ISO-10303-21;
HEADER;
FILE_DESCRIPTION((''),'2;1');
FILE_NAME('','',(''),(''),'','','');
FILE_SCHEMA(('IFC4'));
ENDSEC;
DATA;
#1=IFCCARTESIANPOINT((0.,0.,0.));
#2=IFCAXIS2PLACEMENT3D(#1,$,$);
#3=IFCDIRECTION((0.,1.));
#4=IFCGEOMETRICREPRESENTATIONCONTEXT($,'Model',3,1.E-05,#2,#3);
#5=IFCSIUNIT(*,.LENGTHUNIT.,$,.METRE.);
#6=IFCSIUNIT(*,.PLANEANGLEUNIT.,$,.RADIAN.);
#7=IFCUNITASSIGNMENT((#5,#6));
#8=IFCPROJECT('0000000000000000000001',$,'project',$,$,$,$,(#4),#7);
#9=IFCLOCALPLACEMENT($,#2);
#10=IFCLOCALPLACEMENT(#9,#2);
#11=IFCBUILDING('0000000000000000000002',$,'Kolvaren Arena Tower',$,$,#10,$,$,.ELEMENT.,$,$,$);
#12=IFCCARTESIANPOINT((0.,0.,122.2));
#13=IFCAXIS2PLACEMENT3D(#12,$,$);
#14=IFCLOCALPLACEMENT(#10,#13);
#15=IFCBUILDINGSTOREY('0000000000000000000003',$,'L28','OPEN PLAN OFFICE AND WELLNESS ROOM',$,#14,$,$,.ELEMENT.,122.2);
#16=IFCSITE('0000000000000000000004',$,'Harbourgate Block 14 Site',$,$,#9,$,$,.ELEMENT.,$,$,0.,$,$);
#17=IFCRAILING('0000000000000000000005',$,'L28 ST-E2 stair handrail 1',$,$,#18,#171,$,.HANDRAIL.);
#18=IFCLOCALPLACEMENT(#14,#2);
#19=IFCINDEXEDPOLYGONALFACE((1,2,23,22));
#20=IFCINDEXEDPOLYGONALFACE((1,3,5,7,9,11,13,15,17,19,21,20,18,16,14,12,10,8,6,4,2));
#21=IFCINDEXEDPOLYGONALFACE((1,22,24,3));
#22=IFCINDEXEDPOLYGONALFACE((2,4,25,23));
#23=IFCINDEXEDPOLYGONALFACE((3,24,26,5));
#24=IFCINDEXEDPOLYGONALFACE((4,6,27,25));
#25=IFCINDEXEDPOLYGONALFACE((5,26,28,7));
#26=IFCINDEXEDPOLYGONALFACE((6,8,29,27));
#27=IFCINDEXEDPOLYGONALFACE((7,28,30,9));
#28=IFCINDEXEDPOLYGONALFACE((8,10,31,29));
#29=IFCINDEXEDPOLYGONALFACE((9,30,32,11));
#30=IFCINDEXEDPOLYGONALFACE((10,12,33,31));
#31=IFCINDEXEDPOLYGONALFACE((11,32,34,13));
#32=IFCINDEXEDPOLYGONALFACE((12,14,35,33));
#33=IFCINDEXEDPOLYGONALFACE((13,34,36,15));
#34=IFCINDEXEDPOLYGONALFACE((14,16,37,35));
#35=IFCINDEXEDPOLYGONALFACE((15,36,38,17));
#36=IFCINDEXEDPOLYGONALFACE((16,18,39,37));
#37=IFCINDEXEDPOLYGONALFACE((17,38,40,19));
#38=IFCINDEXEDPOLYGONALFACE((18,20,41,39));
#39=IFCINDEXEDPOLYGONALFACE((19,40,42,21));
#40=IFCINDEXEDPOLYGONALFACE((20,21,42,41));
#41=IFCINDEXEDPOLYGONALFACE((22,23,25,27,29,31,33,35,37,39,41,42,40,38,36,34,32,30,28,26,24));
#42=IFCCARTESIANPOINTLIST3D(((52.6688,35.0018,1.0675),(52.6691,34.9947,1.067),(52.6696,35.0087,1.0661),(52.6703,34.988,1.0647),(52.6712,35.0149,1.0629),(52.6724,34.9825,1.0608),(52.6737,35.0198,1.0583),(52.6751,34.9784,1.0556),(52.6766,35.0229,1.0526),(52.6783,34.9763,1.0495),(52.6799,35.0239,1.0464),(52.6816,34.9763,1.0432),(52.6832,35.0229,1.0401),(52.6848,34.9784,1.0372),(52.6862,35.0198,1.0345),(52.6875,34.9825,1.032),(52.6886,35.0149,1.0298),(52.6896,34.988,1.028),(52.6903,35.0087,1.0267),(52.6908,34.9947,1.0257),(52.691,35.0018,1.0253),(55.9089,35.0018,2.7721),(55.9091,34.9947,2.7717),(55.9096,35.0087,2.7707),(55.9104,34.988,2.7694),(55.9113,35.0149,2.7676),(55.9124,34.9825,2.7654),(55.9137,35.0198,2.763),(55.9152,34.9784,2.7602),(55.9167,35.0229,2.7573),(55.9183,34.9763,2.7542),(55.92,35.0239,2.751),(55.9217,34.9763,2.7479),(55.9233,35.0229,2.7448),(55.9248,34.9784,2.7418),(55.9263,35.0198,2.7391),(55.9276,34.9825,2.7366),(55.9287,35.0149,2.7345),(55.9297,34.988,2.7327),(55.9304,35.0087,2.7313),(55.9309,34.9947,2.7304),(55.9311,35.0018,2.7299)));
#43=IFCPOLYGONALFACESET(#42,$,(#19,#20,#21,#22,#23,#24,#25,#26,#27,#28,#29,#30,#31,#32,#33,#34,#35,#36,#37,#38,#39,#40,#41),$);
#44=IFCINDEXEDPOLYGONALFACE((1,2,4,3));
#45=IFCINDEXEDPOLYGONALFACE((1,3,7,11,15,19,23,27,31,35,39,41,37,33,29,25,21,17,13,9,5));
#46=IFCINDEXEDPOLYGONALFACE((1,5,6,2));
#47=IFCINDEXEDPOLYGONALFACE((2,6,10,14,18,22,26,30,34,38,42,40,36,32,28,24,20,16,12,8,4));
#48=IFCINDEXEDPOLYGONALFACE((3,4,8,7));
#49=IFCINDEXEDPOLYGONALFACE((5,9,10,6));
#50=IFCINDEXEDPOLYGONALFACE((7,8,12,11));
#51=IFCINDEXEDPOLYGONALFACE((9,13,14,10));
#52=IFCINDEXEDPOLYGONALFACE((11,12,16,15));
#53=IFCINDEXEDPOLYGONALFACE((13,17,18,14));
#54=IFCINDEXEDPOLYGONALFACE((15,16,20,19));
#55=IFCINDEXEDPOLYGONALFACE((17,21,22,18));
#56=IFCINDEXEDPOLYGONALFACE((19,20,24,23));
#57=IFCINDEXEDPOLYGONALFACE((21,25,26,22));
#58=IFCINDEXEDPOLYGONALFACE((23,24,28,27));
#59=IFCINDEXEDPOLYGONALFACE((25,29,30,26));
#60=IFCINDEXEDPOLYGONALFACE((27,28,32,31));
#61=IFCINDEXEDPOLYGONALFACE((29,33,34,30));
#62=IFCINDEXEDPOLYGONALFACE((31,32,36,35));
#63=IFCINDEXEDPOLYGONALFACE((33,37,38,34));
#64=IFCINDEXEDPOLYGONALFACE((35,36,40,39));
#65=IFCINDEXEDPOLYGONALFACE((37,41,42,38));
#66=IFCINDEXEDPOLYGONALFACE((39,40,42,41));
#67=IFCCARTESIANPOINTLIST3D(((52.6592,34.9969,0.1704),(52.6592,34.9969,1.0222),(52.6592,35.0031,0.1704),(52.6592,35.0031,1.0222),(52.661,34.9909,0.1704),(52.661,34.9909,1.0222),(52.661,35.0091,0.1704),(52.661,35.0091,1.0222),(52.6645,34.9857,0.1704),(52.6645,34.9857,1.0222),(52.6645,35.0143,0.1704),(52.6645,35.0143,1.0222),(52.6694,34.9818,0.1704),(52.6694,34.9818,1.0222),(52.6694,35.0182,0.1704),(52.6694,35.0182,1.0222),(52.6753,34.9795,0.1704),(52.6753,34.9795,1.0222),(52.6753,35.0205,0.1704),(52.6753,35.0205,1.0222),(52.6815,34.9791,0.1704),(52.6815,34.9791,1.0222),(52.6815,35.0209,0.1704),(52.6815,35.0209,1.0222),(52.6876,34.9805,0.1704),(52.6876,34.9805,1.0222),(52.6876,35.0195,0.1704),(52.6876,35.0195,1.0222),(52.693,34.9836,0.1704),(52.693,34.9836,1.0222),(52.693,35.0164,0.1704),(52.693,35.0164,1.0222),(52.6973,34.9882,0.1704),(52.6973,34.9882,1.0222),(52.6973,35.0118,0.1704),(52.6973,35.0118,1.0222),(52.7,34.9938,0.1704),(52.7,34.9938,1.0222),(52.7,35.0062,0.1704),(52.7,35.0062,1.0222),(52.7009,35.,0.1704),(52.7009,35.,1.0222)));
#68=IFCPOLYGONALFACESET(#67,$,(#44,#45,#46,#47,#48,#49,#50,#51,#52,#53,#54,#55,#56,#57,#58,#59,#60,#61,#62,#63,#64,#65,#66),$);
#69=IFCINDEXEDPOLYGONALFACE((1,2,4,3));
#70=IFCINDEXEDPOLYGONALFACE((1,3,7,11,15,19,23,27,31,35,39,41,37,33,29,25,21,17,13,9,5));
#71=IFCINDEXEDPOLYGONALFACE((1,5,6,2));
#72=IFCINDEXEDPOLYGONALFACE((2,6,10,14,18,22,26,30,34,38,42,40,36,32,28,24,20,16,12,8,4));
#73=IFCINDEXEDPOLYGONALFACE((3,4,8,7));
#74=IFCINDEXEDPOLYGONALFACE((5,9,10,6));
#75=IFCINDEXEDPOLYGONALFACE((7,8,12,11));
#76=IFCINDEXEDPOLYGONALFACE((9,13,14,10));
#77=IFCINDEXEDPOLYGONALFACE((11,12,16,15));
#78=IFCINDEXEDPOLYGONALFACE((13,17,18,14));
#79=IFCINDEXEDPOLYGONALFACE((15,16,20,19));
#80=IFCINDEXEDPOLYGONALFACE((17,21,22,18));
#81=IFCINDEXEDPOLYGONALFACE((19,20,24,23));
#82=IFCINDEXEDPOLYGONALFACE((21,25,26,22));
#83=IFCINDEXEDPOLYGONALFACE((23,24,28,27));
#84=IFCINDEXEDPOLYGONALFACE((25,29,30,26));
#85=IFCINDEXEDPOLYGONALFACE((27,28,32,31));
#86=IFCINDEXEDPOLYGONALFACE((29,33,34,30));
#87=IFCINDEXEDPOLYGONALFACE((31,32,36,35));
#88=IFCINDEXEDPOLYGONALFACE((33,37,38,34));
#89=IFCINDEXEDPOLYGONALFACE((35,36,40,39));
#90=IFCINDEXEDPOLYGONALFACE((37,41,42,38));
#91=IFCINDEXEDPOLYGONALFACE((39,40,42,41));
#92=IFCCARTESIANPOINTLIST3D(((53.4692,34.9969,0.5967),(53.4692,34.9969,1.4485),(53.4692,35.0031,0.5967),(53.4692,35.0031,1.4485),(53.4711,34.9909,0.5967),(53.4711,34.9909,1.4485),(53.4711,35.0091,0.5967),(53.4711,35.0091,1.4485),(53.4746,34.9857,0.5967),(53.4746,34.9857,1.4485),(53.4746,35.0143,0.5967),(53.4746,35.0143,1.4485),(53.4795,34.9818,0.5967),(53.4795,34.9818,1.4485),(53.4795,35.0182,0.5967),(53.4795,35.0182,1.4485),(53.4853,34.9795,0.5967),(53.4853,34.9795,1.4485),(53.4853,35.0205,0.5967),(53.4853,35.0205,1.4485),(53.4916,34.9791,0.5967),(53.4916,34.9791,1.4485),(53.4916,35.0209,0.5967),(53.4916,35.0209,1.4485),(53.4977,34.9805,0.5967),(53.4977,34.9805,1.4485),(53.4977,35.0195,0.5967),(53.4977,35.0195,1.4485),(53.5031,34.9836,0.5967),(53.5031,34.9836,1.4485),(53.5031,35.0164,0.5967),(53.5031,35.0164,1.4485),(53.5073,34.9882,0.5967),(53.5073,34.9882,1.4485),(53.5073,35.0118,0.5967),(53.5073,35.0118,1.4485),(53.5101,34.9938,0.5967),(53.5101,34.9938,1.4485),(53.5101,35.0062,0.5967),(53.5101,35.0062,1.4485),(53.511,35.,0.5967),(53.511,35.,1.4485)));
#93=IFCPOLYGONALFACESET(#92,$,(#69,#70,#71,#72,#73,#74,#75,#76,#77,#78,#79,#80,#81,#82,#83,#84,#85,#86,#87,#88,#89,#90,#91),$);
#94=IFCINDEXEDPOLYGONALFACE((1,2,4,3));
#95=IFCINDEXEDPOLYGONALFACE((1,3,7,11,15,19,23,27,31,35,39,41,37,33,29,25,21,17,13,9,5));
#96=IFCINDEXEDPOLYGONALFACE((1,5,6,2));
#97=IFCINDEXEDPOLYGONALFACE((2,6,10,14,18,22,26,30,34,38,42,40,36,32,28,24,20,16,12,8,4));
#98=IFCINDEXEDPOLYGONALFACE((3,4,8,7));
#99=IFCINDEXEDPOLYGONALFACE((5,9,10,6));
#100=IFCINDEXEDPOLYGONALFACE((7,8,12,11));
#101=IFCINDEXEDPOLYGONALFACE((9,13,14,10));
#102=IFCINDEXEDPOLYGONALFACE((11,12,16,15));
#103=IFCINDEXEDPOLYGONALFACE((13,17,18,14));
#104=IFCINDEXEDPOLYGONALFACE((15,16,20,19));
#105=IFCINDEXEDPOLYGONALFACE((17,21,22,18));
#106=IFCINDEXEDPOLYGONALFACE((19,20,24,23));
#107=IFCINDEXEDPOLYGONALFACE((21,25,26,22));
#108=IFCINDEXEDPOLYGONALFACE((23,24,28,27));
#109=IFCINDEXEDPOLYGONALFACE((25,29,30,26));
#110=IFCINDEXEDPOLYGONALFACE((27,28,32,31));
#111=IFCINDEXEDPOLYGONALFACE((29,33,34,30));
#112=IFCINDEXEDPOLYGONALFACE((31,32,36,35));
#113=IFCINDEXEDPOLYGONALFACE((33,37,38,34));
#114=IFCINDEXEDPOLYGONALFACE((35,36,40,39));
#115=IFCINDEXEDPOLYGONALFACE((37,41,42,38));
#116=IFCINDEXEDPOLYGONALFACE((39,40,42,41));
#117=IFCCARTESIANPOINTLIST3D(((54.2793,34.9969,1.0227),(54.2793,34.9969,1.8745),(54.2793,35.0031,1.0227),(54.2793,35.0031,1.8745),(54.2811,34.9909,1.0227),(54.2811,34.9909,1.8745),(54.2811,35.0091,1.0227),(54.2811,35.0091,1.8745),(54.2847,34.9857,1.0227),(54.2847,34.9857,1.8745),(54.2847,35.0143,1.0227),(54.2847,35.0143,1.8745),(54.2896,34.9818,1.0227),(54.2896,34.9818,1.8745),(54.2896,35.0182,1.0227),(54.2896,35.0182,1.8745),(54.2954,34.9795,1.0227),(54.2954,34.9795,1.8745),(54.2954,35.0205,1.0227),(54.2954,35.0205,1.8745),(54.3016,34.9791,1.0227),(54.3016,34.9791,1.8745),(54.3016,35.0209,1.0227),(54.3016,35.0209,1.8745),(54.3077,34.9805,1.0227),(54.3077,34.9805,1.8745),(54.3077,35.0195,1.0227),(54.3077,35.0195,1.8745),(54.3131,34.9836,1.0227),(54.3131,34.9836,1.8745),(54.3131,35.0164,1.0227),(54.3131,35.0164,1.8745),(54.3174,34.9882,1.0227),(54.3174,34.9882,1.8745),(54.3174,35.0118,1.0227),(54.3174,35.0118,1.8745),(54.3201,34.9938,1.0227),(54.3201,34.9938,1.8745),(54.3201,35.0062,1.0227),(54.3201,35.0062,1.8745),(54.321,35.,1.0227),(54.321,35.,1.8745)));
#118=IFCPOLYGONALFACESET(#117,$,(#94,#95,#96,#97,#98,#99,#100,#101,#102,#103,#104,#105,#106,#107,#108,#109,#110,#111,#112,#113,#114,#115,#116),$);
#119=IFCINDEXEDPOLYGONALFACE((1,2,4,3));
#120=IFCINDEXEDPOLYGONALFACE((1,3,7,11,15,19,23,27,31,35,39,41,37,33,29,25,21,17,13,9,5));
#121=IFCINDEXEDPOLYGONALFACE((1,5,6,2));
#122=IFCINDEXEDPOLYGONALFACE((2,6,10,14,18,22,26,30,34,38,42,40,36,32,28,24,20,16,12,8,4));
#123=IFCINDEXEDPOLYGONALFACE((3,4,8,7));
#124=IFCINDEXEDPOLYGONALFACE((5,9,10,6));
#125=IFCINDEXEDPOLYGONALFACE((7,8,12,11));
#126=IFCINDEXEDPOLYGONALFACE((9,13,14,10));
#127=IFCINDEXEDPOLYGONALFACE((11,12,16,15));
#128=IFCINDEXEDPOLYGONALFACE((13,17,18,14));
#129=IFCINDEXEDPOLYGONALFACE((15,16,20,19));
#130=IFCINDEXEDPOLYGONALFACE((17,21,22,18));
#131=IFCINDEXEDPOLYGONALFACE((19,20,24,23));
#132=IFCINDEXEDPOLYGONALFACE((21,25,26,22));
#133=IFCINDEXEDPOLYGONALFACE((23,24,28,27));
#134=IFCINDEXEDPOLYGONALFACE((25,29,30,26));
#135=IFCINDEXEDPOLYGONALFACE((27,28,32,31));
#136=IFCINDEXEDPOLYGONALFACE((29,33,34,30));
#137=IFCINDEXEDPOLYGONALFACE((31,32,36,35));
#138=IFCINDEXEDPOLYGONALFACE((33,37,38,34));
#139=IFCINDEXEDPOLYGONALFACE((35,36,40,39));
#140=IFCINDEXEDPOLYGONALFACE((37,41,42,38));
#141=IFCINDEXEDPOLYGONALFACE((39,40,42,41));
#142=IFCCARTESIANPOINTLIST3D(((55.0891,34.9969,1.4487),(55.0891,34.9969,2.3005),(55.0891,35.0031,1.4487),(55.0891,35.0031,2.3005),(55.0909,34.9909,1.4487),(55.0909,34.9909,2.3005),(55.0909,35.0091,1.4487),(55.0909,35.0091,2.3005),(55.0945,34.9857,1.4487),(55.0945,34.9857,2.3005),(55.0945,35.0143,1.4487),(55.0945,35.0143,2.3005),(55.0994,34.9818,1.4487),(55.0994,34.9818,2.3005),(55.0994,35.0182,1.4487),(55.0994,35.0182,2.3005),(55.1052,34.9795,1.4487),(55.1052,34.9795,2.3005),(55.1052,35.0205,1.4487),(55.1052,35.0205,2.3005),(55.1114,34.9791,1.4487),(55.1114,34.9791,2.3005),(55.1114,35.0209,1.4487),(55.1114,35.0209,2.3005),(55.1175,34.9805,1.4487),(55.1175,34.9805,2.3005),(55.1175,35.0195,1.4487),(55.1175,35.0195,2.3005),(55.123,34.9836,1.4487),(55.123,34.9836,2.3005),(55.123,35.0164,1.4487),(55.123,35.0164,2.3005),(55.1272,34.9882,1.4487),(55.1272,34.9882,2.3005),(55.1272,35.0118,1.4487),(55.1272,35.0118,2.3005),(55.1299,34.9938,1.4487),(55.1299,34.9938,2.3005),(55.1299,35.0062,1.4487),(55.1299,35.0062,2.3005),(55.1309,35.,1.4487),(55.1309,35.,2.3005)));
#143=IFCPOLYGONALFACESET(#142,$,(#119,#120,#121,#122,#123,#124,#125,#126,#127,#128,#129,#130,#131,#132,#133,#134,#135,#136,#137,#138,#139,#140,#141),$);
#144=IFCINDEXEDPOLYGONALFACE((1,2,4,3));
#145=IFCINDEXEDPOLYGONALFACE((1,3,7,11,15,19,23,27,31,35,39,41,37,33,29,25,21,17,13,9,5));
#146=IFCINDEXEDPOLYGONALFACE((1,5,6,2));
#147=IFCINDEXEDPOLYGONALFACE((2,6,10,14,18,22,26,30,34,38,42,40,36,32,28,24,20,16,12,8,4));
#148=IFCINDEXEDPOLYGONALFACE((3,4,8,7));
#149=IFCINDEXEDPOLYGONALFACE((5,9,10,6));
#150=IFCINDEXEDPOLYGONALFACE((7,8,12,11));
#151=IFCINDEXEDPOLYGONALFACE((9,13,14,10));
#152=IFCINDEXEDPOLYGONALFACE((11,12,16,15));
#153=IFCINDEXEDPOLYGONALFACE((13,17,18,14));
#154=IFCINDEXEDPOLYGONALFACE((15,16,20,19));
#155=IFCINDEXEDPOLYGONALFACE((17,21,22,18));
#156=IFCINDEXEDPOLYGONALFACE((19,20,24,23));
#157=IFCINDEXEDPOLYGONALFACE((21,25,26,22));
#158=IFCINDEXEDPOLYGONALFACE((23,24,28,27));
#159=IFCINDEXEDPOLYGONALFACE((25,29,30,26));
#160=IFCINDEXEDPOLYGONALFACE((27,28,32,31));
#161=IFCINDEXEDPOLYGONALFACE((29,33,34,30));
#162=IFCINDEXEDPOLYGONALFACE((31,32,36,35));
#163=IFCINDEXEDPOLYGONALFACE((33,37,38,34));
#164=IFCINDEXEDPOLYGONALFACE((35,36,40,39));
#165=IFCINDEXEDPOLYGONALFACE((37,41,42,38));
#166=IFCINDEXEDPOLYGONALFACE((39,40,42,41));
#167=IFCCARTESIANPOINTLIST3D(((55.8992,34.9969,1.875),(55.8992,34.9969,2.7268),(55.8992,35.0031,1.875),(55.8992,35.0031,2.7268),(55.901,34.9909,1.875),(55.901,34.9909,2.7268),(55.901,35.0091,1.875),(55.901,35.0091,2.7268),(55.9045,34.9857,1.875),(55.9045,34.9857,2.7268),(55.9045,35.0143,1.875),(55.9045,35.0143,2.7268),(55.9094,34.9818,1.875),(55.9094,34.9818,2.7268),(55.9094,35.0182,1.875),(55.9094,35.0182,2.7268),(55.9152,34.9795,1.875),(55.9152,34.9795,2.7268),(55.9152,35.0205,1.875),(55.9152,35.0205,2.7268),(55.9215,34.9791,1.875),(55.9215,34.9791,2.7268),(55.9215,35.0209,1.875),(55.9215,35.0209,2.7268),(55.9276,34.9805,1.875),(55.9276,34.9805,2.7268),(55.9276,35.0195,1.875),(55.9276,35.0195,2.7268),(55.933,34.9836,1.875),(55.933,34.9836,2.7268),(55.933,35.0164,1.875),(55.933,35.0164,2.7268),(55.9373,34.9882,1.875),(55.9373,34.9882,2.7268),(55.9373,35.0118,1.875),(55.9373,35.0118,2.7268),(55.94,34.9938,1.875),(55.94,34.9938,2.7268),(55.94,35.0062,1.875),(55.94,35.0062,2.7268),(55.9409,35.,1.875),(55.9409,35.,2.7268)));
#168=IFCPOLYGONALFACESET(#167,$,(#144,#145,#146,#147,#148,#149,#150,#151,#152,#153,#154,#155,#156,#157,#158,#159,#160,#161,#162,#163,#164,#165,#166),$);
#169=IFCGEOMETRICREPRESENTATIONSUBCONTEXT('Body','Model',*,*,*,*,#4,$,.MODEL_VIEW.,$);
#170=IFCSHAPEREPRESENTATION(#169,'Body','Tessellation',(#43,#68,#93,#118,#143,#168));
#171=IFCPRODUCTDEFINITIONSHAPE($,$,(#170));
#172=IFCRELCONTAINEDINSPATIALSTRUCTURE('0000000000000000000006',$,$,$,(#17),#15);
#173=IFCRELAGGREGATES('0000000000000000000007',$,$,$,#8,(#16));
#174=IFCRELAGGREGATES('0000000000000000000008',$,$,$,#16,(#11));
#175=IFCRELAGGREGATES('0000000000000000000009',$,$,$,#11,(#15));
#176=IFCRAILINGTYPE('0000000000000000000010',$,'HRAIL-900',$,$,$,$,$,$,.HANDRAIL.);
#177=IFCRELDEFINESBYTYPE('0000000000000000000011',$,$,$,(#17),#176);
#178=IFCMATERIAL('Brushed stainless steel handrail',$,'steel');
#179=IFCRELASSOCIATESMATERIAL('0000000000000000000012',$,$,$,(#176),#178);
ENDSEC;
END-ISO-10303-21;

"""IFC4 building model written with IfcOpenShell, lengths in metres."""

from ifc_helpers import new_model, si_unit, direction, frame, origin, origin_2d, place, context, subcontext, project, spatial, circle, extrude, material, type_object, element, save


model = new_model("IFC4")

# Units and contexts
model_context = context("Model", 3, precision=1e-05, world=origin(), true_north=direction((0.0, 1.0)))
body_context = subcontext(model_context, "Body", "Model", "MODEL_VIEW")
ifc_project = project(units=[si_unit("LENGTHUNIT", "METRE"), si_unit("PLANEANGLEUNIT", "RADIAN")], contexts=[model_context])

# Site, building, storey
site_placement = place(None, origin())
site = spatial("IfcSite", under=ifc_project, at=site_placement, Name="Harbourgate Block 14 Site", CompositionType="ELEMENT", RefElevation=0.0)
building_placement = place(site_placement, origin())
building = spatial("IfcBuilding", under=site, at=building_placement, Name="Kolvaren Arena Tower", CompositionType="ELEMENT")
storey_placement = place(building_placement, frame((0.0, 0.0, 122.2)))
storey = spatial("IfcBuildingStorey", under=building, at=storey_placement, Name="L28", Description="OPEN PLAN OFFICE AND WELLNESS ROOM", CompositionType="ELEMENT", Elevation=122.2)

# Railing
ifc_material_1 = material(Name="Brushed stainless steel handrail", Category="steel")
railing_type_1 = type_object("IfcRailingType", Name="HRAIL-900", PredefinedType="HANDRAIL", material=ifc_material_1)
for number, where, name in (
    (1, (52.6799, 35.0, 0.1704), "L28 ST-E2 stair handrail 1"),
):
    element("IfcRailing", number, at=place(storey_placement, frame(where)), inside=storey, type_object=railing_type_1, Name=name, PredefinedType="HANDRAIL", context=body_context, shape_type="SweptSolid", body=[
        extrude(circle(Radius=0.0239, at=origin_2d()), frame((0.0, 0.0, 0.876), z_axis=(0.884993, 0.0, 0.465604), x_axis=(0.0, 1.0, 0.0)), (0.0, 0.0, 1.0), 3.6611),
        extrude(circle(Radius=0.021, at=origin_2d()), origin(), (0.0, 0.0, 1.0), 0.8518),
        extrude(circle(Radius=0.021, at=origin_2d()), frame((0.8101, 0.0, 0.4263)), (0.0, 0.0, 1.0), 0.8518),
        extrude(circle(Radius=0.021, at=origin_2d()), frame((1.6201, 0.0, 0.8523)), (0.0, 0.0, 1.0), 0.8518),
        extrude(circle(Radius=0.021, at=origin_2d()), frame((2.4299, 0.0, 1.2783)), (0.0, 0.0, 1.0), 0.8518),
        extrude(circle(Radius=0.021, at=origin_2d()), frame((3.24, 0.0, 1.7046)), (0.0, 0.0, 1.0), 0.8518),
    ])

save(model, "model.ifc")
